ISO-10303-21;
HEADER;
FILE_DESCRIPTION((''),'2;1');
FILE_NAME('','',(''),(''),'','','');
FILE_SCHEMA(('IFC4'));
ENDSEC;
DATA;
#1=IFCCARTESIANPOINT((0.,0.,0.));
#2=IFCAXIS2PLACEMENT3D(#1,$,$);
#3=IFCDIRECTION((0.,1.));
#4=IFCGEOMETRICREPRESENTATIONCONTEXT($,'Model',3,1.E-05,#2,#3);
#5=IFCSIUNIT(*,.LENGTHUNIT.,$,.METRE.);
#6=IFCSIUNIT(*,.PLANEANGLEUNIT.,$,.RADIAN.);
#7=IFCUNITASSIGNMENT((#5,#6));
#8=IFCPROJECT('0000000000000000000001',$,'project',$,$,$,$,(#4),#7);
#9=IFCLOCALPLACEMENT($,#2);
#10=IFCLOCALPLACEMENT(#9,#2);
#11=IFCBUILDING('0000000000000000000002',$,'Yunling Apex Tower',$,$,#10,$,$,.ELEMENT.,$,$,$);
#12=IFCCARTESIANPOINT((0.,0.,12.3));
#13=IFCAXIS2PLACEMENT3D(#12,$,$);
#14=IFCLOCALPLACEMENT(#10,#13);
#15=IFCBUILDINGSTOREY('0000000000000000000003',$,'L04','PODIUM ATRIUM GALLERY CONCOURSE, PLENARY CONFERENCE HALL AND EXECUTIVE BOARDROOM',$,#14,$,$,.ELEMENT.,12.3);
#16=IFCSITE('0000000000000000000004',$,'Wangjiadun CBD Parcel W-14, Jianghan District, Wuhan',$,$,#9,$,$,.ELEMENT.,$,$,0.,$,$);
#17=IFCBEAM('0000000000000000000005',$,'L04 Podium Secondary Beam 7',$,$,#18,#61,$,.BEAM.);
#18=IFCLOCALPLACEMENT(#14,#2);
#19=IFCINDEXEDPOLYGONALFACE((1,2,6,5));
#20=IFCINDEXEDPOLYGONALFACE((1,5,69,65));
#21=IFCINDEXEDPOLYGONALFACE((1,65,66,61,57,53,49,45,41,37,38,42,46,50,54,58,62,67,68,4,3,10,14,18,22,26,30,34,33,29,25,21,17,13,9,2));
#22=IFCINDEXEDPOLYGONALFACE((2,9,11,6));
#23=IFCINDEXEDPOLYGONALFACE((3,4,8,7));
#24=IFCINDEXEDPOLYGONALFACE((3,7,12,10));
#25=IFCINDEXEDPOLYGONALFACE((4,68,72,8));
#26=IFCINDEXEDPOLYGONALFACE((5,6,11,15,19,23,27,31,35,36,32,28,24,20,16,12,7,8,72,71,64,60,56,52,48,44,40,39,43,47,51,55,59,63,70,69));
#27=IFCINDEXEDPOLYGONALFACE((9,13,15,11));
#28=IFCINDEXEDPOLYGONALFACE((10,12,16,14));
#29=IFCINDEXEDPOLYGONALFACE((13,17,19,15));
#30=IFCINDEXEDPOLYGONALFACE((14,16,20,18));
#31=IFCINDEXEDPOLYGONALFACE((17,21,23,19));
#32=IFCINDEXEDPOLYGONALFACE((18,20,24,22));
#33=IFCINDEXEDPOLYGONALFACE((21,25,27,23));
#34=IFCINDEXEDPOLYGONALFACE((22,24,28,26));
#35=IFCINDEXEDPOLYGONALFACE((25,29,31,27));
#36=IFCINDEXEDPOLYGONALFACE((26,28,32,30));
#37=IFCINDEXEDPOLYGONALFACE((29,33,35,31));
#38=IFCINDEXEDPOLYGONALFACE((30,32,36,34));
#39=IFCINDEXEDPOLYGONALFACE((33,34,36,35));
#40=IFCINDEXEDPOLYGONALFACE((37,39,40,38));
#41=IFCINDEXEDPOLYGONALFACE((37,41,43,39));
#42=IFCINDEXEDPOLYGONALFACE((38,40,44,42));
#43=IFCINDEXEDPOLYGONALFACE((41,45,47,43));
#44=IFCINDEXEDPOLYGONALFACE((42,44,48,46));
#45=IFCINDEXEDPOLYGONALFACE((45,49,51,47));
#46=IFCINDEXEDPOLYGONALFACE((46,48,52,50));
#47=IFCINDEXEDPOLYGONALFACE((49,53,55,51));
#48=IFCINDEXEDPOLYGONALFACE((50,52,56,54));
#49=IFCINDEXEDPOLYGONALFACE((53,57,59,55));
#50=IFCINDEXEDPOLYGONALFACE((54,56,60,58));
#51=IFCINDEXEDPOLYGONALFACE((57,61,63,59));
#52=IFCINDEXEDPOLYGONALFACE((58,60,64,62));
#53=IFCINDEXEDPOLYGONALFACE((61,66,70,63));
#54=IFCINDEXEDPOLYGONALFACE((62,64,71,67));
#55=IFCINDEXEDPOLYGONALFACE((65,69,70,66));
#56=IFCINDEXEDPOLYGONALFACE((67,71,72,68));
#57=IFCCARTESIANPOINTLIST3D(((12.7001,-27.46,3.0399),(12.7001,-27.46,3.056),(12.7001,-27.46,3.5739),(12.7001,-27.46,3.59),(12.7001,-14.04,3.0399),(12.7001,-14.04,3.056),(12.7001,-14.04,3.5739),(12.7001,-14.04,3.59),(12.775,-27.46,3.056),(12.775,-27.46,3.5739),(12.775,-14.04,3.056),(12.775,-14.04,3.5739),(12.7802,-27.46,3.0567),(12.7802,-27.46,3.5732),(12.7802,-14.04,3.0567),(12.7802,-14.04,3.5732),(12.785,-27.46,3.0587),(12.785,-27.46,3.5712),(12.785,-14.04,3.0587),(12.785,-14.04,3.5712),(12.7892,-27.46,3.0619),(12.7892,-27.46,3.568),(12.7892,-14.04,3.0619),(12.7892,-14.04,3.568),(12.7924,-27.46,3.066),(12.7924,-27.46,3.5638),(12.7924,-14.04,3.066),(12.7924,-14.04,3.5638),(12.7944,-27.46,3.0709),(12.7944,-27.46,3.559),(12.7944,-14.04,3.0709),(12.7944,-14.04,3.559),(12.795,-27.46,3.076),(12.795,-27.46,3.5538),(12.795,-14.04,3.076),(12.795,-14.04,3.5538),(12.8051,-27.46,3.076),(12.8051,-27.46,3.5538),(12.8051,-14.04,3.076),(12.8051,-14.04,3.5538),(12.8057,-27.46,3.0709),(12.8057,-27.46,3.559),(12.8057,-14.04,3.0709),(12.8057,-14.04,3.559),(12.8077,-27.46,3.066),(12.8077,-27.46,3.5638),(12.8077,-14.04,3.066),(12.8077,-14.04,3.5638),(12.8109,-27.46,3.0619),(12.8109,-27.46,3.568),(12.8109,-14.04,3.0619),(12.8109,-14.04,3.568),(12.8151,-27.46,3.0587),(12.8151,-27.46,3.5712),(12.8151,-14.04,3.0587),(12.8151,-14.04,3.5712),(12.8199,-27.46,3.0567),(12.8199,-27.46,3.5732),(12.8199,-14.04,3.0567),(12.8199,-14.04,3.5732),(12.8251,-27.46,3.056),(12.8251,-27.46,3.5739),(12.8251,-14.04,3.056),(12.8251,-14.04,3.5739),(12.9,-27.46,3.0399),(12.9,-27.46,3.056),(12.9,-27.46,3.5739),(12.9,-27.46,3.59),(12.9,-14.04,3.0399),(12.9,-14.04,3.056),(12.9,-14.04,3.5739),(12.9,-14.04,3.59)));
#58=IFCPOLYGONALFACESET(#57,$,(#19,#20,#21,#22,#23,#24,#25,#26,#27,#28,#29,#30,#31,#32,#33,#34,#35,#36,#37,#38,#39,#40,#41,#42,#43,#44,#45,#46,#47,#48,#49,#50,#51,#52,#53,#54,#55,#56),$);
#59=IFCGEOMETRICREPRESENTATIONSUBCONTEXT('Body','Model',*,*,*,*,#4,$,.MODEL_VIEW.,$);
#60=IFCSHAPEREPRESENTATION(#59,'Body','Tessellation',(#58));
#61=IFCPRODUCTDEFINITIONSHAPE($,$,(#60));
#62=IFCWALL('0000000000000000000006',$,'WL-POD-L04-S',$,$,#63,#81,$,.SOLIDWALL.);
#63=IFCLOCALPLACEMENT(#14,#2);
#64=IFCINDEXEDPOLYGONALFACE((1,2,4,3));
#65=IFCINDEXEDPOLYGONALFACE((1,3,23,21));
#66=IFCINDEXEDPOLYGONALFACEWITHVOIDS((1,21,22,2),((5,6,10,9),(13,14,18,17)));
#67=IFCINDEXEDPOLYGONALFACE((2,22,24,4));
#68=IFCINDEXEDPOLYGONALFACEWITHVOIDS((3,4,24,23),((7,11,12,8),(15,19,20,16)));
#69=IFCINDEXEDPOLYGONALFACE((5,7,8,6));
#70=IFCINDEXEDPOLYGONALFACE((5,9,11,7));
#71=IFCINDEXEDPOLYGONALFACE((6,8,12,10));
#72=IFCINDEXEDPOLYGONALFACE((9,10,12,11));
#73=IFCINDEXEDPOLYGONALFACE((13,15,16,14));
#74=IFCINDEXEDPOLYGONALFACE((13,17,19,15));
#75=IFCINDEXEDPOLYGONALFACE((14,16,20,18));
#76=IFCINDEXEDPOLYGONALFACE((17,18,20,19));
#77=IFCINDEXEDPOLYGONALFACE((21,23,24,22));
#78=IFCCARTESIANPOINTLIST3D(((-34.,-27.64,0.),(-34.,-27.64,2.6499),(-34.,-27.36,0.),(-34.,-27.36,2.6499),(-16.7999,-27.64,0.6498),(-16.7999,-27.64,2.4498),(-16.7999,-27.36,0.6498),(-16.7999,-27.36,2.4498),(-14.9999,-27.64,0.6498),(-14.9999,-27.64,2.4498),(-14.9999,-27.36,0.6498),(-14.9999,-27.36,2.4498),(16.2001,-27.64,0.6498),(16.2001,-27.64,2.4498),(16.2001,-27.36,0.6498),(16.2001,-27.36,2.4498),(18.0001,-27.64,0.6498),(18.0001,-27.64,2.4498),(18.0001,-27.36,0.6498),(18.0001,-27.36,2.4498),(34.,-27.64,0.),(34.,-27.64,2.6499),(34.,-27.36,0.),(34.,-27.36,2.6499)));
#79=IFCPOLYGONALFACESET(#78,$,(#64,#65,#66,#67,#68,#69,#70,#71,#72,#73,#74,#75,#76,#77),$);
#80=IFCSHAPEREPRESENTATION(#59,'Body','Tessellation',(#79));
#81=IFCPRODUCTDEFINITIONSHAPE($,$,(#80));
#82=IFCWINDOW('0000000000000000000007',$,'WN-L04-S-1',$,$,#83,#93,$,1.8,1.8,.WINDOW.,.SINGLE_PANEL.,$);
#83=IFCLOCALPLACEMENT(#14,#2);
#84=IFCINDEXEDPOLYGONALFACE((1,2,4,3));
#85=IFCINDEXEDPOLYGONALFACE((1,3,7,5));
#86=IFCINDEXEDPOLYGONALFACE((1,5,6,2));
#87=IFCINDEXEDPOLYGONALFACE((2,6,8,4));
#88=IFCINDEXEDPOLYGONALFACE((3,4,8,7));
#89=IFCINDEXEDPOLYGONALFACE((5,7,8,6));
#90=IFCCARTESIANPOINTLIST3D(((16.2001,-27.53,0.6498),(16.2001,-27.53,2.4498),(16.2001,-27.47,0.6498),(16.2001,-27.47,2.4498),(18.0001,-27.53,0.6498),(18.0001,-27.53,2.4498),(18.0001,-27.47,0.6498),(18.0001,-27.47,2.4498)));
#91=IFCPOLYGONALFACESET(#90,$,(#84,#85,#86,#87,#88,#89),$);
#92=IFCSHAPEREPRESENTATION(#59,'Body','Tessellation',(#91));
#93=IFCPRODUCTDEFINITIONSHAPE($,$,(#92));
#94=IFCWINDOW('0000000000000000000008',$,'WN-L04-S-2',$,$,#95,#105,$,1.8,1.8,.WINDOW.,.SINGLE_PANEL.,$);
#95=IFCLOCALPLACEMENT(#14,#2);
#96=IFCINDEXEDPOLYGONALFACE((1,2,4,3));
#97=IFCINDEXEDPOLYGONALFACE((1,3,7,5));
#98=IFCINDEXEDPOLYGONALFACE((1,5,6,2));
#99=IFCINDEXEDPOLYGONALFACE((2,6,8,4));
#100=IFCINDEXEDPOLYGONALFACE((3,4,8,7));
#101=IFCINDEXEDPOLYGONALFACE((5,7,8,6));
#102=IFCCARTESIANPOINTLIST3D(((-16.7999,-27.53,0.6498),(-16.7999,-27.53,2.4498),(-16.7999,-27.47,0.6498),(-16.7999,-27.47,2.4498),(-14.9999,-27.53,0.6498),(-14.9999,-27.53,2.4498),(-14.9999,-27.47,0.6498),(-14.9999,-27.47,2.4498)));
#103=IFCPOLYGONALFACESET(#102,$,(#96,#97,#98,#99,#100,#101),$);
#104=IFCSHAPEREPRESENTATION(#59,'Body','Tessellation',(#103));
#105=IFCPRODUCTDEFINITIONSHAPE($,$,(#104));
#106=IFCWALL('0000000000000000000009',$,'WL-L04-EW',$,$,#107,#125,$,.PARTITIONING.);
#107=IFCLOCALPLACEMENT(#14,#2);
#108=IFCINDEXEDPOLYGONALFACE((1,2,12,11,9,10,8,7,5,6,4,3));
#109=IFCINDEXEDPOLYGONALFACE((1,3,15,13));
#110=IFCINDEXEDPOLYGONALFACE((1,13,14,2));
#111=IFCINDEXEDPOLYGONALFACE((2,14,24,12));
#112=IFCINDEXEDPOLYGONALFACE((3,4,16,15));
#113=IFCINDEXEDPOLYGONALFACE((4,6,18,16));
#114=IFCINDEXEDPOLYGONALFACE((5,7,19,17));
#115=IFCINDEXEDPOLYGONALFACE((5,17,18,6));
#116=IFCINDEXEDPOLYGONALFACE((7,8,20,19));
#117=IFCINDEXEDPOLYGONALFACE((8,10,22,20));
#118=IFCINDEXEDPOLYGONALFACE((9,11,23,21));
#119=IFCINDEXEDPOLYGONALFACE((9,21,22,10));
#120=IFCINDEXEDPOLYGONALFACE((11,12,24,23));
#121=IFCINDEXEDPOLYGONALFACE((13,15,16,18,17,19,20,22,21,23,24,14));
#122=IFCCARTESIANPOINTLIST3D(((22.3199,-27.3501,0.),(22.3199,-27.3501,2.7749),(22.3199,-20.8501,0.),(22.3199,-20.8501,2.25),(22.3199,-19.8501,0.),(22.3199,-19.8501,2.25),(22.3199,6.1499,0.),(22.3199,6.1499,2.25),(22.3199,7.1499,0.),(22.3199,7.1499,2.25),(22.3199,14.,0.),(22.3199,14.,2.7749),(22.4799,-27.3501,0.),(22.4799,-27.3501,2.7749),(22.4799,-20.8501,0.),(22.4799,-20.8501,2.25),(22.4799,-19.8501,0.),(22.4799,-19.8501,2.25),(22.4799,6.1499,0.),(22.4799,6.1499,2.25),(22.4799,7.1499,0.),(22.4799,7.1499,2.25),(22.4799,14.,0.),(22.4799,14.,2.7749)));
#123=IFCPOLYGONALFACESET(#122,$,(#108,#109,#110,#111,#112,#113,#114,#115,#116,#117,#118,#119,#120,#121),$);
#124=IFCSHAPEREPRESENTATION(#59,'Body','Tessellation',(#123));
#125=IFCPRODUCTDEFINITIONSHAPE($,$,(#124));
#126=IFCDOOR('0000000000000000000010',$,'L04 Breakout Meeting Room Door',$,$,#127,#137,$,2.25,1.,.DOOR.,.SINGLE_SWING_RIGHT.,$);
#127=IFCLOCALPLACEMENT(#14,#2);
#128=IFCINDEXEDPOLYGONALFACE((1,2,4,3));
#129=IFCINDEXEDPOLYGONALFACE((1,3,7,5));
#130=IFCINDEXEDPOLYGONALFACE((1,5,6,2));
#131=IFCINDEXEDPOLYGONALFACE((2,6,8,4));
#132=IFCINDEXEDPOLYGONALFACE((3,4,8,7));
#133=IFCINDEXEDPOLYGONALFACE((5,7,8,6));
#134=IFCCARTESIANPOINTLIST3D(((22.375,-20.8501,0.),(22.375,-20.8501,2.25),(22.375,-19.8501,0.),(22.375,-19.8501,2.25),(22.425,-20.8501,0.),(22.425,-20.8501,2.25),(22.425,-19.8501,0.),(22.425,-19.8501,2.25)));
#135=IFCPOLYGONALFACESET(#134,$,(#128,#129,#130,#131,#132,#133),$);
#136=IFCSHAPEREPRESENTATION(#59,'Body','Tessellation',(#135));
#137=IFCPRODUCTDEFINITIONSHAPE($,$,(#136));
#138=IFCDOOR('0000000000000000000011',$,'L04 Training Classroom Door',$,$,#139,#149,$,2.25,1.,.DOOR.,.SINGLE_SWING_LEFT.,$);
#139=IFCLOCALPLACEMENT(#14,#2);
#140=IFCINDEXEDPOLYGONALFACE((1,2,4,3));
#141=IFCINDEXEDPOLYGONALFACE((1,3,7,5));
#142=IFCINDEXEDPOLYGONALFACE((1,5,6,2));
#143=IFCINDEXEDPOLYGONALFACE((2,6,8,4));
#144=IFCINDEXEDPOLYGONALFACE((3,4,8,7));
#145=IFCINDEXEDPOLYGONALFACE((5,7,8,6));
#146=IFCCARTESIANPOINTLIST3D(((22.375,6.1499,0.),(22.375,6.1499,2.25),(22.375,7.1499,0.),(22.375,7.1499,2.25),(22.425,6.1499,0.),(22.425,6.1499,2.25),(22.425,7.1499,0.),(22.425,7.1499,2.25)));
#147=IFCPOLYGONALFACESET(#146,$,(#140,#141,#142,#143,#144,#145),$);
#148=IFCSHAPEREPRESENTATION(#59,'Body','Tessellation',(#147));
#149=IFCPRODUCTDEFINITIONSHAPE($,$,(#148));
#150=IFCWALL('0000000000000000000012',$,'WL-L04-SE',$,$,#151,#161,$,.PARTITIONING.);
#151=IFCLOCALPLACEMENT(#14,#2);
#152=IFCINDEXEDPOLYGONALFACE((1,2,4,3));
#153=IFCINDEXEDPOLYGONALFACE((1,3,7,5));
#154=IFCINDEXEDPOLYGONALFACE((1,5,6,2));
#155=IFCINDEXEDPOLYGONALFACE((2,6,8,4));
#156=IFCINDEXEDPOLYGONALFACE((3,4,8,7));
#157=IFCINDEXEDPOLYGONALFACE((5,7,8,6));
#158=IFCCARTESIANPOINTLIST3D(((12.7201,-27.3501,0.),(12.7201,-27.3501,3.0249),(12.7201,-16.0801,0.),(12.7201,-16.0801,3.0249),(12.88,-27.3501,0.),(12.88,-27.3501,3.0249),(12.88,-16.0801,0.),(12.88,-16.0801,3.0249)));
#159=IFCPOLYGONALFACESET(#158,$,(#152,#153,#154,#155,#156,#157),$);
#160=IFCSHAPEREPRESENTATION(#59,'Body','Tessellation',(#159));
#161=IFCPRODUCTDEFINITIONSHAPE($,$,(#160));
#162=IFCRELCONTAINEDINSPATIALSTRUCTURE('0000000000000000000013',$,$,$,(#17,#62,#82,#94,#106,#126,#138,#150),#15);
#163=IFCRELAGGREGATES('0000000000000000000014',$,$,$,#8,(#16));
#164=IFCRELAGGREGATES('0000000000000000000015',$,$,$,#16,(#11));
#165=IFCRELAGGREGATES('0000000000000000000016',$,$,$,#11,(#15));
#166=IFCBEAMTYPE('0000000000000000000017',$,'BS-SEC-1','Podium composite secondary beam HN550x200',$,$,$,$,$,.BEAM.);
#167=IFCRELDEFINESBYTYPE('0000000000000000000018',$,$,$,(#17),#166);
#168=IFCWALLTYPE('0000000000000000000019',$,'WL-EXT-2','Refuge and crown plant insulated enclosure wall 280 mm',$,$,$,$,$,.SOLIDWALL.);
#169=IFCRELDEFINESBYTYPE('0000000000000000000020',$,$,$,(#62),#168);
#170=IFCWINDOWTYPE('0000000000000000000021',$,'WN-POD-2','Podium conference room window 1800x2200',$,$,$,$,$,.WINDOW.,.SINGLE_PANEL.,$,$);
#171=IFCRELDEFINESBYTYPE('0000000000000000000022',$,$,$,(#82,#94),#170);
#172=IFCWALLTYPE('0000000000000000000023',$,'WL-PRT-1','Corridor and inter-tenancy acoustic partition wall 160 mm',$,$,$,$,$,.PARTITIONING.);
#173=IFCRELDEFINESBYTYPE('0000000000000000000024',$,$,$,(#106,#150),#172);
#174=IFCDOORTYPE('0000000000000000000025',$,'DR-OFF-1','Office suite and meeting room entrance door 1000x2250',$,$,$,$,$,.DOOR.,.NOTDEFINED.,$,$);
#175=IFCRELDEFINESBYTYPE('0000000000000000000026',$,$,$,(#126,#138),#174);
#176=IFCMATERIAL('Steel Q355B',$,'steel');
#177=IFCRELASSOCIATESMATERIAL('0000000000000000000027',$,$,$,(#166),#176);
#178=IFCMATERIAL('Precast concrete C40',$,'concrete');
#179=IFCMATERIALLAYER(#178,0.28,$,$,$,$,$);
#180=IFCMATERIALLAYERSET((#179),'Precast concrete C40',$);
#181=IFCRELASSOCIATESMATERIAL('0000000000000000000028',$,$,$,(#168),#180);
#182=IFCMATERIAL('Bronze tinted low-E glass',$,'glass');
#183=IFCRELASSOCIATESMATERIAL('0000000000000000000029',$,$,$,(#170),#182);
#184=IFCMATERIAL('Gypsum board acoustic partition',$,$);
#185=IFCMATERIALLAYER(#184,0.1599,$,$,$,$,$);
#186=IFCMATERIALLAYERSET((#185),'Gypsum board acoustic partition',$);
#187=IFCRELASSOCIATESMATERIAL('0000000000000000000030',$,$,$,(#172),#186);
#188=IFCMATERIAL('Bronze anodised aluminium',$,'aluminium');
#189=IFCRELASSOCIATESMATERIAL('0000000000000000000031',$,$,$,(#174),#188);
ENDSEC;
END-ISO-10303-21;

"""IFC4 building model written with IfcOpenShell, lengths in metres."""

from ifc_helpers import new_model, si_unit, direction, frame, frame_2d, origin, origin_2d, place, context, subcontext, project, spatial, rectangle, i_section, extrude, source, transform, mapped, material, layer, layer_set, material_profile, profile_set, type_object, element, fill, save


model = new_model("IFC4")

# Units and contexts
model_context = context("Model", 3, precision=1e-05, world=origin(), true_north=direction((0.0, 1.0)))
body_context = subcontext(model_context, "Body", "Model", "MODEL_VIEW")
ifc_project = project(units=[si_unit("LENGTHUNIT", "METRE"), si_unit("PLANEANGLEUNIT", "RADIAN")], contexts=[model_context])

# Site, building, storey
site_placement = place(None, origin())
site = spatial("IfcSite", under=ifc_project, at=site_placement, Name="Wangjiadun CBD Parcel W-14, Jianghan District, Wuhan", CompositionType="ELEMENT", RefElevation=0.0)
building_placement = place(site_placement, origin())
building = spatial("IfcBuilding", under=site, at=building_placement, Name="Yunling Apex Tower", CompositionType="ELEMENT")
storey_placement = place(building_placement, frame((0.0, 0.0, 12.3)))
storey = spatial("IfcBuildingStorey", under=building, at=storey_placement, Name="L04", Description="PODIUM ATRIUM GALLERY CONCOURSE, PLENARY CONFERENCE HALL AND EXECUTIVE BOARDROOM", CompositionType="ELEMENT", Elevation=12.3)

# Beam
ifc_material_1 = material(Name="Steel Q355B", Category="steel")
ifc_material_profile_1 = material_profile(ifc_material_1, i_section(OverallWidth=0.2, OverallDepth=0.55, WebThickness=0.01, FlangeThickness=0.0161, FilletRadius=0.02, at=origin_2d()))
ifc_profile_set_1 = profile_set([ifc_material_profile_1], Name="Steel Q355B")
beam_type_1 = type_object("IfcBeamType", Name="BS-SEC-1", Description="Podium composite secondary beam HN550x200", PredefinedType="BEAM", material=ifc_profile_set_1)
shared_shape_1 = source(origin(), body_context, "Body", "SweptSolid", [
    extrude(i_section(OverallWidth=0.2, OverallDepth=0.55, WebThickness=0.01, FlangeThickness=0.0161, FilletRadius=0.02, at=origin_2d()), origin(), (0.0, 0.0, 1.0), 13.4199),
])
beam_1_placement = place(storey_placement, frame((12.8, -27.46, 3.3149), z_axis=(0.0, 1.0, 0.0), x_axis=(-1.0, 0.0, 0.0)))
element("IfcBeam", 1, at=beam_1_placement, inside=storey, type_object=beam_type_1, Name="L04 Podium Secondary Beam 7", PredefinedType="BEAM", context=body_context, shape_type="MappedRepresentation", body=[
    mapped(shared_shape_1, transform((0.0, 0.0, 0.0), scale=1.0)),
])

# Wall, openings, windows
ifc_material_2 = material(Name="Precast concrete C40", Category="concrete")
ifc_layer_1 = layer(ifc_material_2, 0.28)
ifc_layer_set_1 = layer_set([ifc_layer_1], Name="Precast concrete C40")
wall_type_1 = type_object("IfcWallType", Name="WL-EXT-2", Description="Refuge and crown plant insulated enclosure wall 280 mm", PredefinedType="SOLIDWALL", material=ifc_layer_set_1)
wall_1_placement = place(storey_placement, frame((34.0, -27.5, 0.0), z_axis=(0.0, 0.0, 1.0), x_axis=(-1.0, 0.0, 0.0)))
wall_1 = element("IfcWall", 2, at=wall_1_placement, inside=storey, type_object=wall_type_1, Name="WL-POD-L04-S", PredefinedType="SOLIDWALL", context=body_context, shape_type="SweptSolid", body=[
    extrude(rectangle(XDim=68.0, YDim=0.28, at=frame_2d((34.0, 0.0))), origin(), (0.0, 0.0, 1.0), 2.6499),
])
opening_1_placement = place(wall_1_placement, frame((16.0, 0.0, 0.6499)))
opening_1 = element("IfcOpeningElement", 3, at=opening_1_placement, cuts=wall_1, PredefinedType="OPENING", context=body_context, shape_type="SweptSolid", body=[
    extrude(rectangle(XDim=1.8, YDim=1.8, at=frame_2d((0.8999, 0.8999))), frame((0.0, 0.1499, 0.0), z_axis=(0.0, -1.0, 0.0), x_axis=(1.0, 0.0, 0.0)), (0.0, 0.0, 1.0), 0.3),
])
opening_2_placement = place(wall_1_placement, frame((49.0, 0.0, 0.6499)))
opening_2 = element("IfcOpeningElement", 4, at=opening_2_placement, cuts=wall_1, PredefinedType="OPENING", context=body_context, shape_type="SweptSolid", body=[
    extrude(rectangle(XDim=1.8, YDim=1.8, at=frame_2d((0.8999, 0.8999))), frame((0.0, 0.1499, 0.0), z_axis=(0.0, -1.0, 0.0), x_axis=(1.0, 0.0, 0.0)), (0.0, 0.0, 1.0), 0.3),
])
ifc_material_3 = material(Name="Bronze tinted low-E glass", Category="glass")
window_type = type_object("IfcWindowType", Name="WN-POD-2", Description="Podium conference room window 1800x2200", PartitioningType="SINGLE_PANEL", PredefinedType="WINDOW", material=ifc_material_3)
window_1_placement = place(opening_1_placement, origin())
window_1 = element("IfcWindow", 5, at=window_1_placement, inside=storey, type_object=window_type, Name="WN-L04-S-1", OverallHeight=1.8, OverallWidth=1.8, PartitioningType="SINGLE_PANEL", PredefinedType="WINDOW", context=body_context, shape_type="SweptSolid", body=[
    extrude(rectangle(XDim=1.8, YDim=1.8, at=frame_2d((0.8999, 0.8999))), frame((0.0, 0.03, 0.0), z_axis=(0.0, -1.0, 0.0), x_axis=(1.0, 0.0, 0.0)), (0.0, 0.0, 1.0), 0.0601),
])
fill(opening_1, window_1)
window_2_placement = place(opening_2_placement, origin())
window_2 = element("IfcWindow", 6, at=window_2_placement, inside=storey, type_object=window_type, Name="WN-L04-S-2", OverallHeight=1.8, OverallWidth=1.8, PartitioningType="SINGLE_PANEL", PredefinedType="WINDOW", context=body_context, shape_type="SweptSolid", body=[
    extrude(rectangle(XDim=1.8, YDim=1.8, at=frame_2d((0.8999, 0.8999))), frame((0.0, 0.03, 0.0), z_axis=(0.0, -1.0, 0.0), x_axis=(1.0, 0.0, 0.0)), (0.0, 0.0, 1.0), 0.0601),
])
fill(opening_2, window_2)

# Wall, openings, doors
ifc_material_4 = material(Name="Gypsum board acoustic partition")
ifc_layer_2 = layer(ifc_material_4, 0.1599)
ifc_layer_set_2 = layer_set([ifc_layer_2], Name="Gypsum board acoustic partition")
wall_type_2 = type_object("IfcWallType", Name="WL-PRT-1", Description="Corridor and inter-tenancy acoustic partition wall 160 mm", PredefinedType="PARTITIONING", material=ifc_layer_set_2)
wall_2_placement = place(storey_placement, frame((22.3999, -27.3501, 0.0), z_axis=(0.0, 0.0, 1.0), x_axis=(0.0, 1.0, 0.0)))
wall_2 = element("IfcWall", 7, at=wall_2_placement, inside=storey, type_object=wall_type_2, Name="WL-L04-EW", PredefinedType="PARTITIONING", context=body_context, shape_type="SweptSolid", body=[
    extrude(rectangle(XDim=41.3501, YDim=0.1599, at=frame_2d((20.675, 0.0))), origin(), (0.0, 0.0, 1.0), 2.7749),
])
opening_3_placement = place(wall_2_placement, frame((6.5, 0.0, 0.0)))
opening_3 = element("IfcOpeningElement", 8, at=opening_3_placement, cuts=wall_2, PredefinedType="OPENING", context=body_context, shape_type="SweptSolid", body=[
    extrude(rectangle(XDim=1.0, YDim=2.25, at=frame_2d((0.5, 1.125))), frame((0.0, 0.0898, 0.0), z_axis=(0.0, -1.0, 0.0), x_axis=(1.0, 0.0, 0.0)), (0.0, 0.0, 1.0), 0.1799),
])
opening_4_placement = place(wall_2_placement, frame((33.5, 0.0, 0.0)))
opening_4 = element("IfcOpeningElement", 9, at=opening_4_placement, cuts=wall_2, PredefinedType="OPENING", context=body_context, shape_type="SweptSolid", body=[
    extrude(rectangle(XDim=1.0, YDim=2.25, at=frame_2d((0.5, 1.125))), frame((0.0, 0.0898, 0.0), z_axis=(0.0, -1.0, 0.0), x_axis=(1.0, 0.0, 0.0)), (0.0, 0.0, 1.0), 0.1799),
])
ifc_material_5 = material(Name="Bronze anodised aluminium", Category="aluminium")
door_type = type_object("IfcDoorType", Name="DR-OFF-1", Description="Office suite and meeting room entrance door 1000x2250", OperationType="NOTDEFINED", PredefinedType="DOOR", material=ifc_material_5)
door_1_placement = place(opening_3_placement, origin())
door_1 = element("IfcDoor", 10, at=door_1_placement, inside=storey, type_object=door_type, Name="L04 Breakout Meeting Room Door", OperationType="SINGLE_SWING_RIGHT", OverallHeight=2.25, OverallWidth=1.0, PredefinedType="DOOR", context=body_context, shape_type="SweptSolid", body=[
    extrude(rectangle(XDim=1.0, YDim=2.25, at=frame_2d((0.5, 1.125))), frame((0.0, 0.0249, 0.0), z_axis=(0.0, -1.0, 0.0), x_axis=(1.0, 0.0, 0.0)), (0.0, 0.0, 1.0), 0.05),
])
fill(opening_3, door_1)
door_2_placement = place(opening_4_placement, origin())
door_2 = element("IfcDoor", 11, at=door_2_placement, inside=storey, type_object=door_type, Name="L04 Training Classroom Door", OperationType="SINGLE_SWING_LEFT", OverallHeight=2.25, OverallWidth=1.0, PredefinedType="DOOR", context=body_context, shape_type="SweptSolid", body=[
    extrude(rectangle(XDim=1.0, YDim=2.25, at=frame_2d((0.5, 1.125))), frame((0.0, 0.0249, 0.0), z_axis=(0.0, -1.0, 0.0), x_axis=(1.0, 0.0, 0.0)), (0.0, 0.0, 1.0), 0.05),
])
fill(opening_4, door_2)

# Wall
wall_3_placement = place(storey_placement, frame((12.8, -27.3501, 0.0), z_axis=(0.0, 0.0, 1.0), x_axis=(0.0, 1.0, 0.0)))
element("IfcWall", 12, at=wall_3_placement, inside=storey, type_object=wall_type_2, Name="WL-L04-SE", PredefinedType="PARTITIONING", context=body_context, shape_type="SweptSolid", body=[
    extrude(rectangle(XDim=11.27, YDim=0.1599, at=frame_2d((5.635, 0.0))), origin(), (0.0, 0.0, 1.0), 3.0249),
])

save(model, "model.ifc")
